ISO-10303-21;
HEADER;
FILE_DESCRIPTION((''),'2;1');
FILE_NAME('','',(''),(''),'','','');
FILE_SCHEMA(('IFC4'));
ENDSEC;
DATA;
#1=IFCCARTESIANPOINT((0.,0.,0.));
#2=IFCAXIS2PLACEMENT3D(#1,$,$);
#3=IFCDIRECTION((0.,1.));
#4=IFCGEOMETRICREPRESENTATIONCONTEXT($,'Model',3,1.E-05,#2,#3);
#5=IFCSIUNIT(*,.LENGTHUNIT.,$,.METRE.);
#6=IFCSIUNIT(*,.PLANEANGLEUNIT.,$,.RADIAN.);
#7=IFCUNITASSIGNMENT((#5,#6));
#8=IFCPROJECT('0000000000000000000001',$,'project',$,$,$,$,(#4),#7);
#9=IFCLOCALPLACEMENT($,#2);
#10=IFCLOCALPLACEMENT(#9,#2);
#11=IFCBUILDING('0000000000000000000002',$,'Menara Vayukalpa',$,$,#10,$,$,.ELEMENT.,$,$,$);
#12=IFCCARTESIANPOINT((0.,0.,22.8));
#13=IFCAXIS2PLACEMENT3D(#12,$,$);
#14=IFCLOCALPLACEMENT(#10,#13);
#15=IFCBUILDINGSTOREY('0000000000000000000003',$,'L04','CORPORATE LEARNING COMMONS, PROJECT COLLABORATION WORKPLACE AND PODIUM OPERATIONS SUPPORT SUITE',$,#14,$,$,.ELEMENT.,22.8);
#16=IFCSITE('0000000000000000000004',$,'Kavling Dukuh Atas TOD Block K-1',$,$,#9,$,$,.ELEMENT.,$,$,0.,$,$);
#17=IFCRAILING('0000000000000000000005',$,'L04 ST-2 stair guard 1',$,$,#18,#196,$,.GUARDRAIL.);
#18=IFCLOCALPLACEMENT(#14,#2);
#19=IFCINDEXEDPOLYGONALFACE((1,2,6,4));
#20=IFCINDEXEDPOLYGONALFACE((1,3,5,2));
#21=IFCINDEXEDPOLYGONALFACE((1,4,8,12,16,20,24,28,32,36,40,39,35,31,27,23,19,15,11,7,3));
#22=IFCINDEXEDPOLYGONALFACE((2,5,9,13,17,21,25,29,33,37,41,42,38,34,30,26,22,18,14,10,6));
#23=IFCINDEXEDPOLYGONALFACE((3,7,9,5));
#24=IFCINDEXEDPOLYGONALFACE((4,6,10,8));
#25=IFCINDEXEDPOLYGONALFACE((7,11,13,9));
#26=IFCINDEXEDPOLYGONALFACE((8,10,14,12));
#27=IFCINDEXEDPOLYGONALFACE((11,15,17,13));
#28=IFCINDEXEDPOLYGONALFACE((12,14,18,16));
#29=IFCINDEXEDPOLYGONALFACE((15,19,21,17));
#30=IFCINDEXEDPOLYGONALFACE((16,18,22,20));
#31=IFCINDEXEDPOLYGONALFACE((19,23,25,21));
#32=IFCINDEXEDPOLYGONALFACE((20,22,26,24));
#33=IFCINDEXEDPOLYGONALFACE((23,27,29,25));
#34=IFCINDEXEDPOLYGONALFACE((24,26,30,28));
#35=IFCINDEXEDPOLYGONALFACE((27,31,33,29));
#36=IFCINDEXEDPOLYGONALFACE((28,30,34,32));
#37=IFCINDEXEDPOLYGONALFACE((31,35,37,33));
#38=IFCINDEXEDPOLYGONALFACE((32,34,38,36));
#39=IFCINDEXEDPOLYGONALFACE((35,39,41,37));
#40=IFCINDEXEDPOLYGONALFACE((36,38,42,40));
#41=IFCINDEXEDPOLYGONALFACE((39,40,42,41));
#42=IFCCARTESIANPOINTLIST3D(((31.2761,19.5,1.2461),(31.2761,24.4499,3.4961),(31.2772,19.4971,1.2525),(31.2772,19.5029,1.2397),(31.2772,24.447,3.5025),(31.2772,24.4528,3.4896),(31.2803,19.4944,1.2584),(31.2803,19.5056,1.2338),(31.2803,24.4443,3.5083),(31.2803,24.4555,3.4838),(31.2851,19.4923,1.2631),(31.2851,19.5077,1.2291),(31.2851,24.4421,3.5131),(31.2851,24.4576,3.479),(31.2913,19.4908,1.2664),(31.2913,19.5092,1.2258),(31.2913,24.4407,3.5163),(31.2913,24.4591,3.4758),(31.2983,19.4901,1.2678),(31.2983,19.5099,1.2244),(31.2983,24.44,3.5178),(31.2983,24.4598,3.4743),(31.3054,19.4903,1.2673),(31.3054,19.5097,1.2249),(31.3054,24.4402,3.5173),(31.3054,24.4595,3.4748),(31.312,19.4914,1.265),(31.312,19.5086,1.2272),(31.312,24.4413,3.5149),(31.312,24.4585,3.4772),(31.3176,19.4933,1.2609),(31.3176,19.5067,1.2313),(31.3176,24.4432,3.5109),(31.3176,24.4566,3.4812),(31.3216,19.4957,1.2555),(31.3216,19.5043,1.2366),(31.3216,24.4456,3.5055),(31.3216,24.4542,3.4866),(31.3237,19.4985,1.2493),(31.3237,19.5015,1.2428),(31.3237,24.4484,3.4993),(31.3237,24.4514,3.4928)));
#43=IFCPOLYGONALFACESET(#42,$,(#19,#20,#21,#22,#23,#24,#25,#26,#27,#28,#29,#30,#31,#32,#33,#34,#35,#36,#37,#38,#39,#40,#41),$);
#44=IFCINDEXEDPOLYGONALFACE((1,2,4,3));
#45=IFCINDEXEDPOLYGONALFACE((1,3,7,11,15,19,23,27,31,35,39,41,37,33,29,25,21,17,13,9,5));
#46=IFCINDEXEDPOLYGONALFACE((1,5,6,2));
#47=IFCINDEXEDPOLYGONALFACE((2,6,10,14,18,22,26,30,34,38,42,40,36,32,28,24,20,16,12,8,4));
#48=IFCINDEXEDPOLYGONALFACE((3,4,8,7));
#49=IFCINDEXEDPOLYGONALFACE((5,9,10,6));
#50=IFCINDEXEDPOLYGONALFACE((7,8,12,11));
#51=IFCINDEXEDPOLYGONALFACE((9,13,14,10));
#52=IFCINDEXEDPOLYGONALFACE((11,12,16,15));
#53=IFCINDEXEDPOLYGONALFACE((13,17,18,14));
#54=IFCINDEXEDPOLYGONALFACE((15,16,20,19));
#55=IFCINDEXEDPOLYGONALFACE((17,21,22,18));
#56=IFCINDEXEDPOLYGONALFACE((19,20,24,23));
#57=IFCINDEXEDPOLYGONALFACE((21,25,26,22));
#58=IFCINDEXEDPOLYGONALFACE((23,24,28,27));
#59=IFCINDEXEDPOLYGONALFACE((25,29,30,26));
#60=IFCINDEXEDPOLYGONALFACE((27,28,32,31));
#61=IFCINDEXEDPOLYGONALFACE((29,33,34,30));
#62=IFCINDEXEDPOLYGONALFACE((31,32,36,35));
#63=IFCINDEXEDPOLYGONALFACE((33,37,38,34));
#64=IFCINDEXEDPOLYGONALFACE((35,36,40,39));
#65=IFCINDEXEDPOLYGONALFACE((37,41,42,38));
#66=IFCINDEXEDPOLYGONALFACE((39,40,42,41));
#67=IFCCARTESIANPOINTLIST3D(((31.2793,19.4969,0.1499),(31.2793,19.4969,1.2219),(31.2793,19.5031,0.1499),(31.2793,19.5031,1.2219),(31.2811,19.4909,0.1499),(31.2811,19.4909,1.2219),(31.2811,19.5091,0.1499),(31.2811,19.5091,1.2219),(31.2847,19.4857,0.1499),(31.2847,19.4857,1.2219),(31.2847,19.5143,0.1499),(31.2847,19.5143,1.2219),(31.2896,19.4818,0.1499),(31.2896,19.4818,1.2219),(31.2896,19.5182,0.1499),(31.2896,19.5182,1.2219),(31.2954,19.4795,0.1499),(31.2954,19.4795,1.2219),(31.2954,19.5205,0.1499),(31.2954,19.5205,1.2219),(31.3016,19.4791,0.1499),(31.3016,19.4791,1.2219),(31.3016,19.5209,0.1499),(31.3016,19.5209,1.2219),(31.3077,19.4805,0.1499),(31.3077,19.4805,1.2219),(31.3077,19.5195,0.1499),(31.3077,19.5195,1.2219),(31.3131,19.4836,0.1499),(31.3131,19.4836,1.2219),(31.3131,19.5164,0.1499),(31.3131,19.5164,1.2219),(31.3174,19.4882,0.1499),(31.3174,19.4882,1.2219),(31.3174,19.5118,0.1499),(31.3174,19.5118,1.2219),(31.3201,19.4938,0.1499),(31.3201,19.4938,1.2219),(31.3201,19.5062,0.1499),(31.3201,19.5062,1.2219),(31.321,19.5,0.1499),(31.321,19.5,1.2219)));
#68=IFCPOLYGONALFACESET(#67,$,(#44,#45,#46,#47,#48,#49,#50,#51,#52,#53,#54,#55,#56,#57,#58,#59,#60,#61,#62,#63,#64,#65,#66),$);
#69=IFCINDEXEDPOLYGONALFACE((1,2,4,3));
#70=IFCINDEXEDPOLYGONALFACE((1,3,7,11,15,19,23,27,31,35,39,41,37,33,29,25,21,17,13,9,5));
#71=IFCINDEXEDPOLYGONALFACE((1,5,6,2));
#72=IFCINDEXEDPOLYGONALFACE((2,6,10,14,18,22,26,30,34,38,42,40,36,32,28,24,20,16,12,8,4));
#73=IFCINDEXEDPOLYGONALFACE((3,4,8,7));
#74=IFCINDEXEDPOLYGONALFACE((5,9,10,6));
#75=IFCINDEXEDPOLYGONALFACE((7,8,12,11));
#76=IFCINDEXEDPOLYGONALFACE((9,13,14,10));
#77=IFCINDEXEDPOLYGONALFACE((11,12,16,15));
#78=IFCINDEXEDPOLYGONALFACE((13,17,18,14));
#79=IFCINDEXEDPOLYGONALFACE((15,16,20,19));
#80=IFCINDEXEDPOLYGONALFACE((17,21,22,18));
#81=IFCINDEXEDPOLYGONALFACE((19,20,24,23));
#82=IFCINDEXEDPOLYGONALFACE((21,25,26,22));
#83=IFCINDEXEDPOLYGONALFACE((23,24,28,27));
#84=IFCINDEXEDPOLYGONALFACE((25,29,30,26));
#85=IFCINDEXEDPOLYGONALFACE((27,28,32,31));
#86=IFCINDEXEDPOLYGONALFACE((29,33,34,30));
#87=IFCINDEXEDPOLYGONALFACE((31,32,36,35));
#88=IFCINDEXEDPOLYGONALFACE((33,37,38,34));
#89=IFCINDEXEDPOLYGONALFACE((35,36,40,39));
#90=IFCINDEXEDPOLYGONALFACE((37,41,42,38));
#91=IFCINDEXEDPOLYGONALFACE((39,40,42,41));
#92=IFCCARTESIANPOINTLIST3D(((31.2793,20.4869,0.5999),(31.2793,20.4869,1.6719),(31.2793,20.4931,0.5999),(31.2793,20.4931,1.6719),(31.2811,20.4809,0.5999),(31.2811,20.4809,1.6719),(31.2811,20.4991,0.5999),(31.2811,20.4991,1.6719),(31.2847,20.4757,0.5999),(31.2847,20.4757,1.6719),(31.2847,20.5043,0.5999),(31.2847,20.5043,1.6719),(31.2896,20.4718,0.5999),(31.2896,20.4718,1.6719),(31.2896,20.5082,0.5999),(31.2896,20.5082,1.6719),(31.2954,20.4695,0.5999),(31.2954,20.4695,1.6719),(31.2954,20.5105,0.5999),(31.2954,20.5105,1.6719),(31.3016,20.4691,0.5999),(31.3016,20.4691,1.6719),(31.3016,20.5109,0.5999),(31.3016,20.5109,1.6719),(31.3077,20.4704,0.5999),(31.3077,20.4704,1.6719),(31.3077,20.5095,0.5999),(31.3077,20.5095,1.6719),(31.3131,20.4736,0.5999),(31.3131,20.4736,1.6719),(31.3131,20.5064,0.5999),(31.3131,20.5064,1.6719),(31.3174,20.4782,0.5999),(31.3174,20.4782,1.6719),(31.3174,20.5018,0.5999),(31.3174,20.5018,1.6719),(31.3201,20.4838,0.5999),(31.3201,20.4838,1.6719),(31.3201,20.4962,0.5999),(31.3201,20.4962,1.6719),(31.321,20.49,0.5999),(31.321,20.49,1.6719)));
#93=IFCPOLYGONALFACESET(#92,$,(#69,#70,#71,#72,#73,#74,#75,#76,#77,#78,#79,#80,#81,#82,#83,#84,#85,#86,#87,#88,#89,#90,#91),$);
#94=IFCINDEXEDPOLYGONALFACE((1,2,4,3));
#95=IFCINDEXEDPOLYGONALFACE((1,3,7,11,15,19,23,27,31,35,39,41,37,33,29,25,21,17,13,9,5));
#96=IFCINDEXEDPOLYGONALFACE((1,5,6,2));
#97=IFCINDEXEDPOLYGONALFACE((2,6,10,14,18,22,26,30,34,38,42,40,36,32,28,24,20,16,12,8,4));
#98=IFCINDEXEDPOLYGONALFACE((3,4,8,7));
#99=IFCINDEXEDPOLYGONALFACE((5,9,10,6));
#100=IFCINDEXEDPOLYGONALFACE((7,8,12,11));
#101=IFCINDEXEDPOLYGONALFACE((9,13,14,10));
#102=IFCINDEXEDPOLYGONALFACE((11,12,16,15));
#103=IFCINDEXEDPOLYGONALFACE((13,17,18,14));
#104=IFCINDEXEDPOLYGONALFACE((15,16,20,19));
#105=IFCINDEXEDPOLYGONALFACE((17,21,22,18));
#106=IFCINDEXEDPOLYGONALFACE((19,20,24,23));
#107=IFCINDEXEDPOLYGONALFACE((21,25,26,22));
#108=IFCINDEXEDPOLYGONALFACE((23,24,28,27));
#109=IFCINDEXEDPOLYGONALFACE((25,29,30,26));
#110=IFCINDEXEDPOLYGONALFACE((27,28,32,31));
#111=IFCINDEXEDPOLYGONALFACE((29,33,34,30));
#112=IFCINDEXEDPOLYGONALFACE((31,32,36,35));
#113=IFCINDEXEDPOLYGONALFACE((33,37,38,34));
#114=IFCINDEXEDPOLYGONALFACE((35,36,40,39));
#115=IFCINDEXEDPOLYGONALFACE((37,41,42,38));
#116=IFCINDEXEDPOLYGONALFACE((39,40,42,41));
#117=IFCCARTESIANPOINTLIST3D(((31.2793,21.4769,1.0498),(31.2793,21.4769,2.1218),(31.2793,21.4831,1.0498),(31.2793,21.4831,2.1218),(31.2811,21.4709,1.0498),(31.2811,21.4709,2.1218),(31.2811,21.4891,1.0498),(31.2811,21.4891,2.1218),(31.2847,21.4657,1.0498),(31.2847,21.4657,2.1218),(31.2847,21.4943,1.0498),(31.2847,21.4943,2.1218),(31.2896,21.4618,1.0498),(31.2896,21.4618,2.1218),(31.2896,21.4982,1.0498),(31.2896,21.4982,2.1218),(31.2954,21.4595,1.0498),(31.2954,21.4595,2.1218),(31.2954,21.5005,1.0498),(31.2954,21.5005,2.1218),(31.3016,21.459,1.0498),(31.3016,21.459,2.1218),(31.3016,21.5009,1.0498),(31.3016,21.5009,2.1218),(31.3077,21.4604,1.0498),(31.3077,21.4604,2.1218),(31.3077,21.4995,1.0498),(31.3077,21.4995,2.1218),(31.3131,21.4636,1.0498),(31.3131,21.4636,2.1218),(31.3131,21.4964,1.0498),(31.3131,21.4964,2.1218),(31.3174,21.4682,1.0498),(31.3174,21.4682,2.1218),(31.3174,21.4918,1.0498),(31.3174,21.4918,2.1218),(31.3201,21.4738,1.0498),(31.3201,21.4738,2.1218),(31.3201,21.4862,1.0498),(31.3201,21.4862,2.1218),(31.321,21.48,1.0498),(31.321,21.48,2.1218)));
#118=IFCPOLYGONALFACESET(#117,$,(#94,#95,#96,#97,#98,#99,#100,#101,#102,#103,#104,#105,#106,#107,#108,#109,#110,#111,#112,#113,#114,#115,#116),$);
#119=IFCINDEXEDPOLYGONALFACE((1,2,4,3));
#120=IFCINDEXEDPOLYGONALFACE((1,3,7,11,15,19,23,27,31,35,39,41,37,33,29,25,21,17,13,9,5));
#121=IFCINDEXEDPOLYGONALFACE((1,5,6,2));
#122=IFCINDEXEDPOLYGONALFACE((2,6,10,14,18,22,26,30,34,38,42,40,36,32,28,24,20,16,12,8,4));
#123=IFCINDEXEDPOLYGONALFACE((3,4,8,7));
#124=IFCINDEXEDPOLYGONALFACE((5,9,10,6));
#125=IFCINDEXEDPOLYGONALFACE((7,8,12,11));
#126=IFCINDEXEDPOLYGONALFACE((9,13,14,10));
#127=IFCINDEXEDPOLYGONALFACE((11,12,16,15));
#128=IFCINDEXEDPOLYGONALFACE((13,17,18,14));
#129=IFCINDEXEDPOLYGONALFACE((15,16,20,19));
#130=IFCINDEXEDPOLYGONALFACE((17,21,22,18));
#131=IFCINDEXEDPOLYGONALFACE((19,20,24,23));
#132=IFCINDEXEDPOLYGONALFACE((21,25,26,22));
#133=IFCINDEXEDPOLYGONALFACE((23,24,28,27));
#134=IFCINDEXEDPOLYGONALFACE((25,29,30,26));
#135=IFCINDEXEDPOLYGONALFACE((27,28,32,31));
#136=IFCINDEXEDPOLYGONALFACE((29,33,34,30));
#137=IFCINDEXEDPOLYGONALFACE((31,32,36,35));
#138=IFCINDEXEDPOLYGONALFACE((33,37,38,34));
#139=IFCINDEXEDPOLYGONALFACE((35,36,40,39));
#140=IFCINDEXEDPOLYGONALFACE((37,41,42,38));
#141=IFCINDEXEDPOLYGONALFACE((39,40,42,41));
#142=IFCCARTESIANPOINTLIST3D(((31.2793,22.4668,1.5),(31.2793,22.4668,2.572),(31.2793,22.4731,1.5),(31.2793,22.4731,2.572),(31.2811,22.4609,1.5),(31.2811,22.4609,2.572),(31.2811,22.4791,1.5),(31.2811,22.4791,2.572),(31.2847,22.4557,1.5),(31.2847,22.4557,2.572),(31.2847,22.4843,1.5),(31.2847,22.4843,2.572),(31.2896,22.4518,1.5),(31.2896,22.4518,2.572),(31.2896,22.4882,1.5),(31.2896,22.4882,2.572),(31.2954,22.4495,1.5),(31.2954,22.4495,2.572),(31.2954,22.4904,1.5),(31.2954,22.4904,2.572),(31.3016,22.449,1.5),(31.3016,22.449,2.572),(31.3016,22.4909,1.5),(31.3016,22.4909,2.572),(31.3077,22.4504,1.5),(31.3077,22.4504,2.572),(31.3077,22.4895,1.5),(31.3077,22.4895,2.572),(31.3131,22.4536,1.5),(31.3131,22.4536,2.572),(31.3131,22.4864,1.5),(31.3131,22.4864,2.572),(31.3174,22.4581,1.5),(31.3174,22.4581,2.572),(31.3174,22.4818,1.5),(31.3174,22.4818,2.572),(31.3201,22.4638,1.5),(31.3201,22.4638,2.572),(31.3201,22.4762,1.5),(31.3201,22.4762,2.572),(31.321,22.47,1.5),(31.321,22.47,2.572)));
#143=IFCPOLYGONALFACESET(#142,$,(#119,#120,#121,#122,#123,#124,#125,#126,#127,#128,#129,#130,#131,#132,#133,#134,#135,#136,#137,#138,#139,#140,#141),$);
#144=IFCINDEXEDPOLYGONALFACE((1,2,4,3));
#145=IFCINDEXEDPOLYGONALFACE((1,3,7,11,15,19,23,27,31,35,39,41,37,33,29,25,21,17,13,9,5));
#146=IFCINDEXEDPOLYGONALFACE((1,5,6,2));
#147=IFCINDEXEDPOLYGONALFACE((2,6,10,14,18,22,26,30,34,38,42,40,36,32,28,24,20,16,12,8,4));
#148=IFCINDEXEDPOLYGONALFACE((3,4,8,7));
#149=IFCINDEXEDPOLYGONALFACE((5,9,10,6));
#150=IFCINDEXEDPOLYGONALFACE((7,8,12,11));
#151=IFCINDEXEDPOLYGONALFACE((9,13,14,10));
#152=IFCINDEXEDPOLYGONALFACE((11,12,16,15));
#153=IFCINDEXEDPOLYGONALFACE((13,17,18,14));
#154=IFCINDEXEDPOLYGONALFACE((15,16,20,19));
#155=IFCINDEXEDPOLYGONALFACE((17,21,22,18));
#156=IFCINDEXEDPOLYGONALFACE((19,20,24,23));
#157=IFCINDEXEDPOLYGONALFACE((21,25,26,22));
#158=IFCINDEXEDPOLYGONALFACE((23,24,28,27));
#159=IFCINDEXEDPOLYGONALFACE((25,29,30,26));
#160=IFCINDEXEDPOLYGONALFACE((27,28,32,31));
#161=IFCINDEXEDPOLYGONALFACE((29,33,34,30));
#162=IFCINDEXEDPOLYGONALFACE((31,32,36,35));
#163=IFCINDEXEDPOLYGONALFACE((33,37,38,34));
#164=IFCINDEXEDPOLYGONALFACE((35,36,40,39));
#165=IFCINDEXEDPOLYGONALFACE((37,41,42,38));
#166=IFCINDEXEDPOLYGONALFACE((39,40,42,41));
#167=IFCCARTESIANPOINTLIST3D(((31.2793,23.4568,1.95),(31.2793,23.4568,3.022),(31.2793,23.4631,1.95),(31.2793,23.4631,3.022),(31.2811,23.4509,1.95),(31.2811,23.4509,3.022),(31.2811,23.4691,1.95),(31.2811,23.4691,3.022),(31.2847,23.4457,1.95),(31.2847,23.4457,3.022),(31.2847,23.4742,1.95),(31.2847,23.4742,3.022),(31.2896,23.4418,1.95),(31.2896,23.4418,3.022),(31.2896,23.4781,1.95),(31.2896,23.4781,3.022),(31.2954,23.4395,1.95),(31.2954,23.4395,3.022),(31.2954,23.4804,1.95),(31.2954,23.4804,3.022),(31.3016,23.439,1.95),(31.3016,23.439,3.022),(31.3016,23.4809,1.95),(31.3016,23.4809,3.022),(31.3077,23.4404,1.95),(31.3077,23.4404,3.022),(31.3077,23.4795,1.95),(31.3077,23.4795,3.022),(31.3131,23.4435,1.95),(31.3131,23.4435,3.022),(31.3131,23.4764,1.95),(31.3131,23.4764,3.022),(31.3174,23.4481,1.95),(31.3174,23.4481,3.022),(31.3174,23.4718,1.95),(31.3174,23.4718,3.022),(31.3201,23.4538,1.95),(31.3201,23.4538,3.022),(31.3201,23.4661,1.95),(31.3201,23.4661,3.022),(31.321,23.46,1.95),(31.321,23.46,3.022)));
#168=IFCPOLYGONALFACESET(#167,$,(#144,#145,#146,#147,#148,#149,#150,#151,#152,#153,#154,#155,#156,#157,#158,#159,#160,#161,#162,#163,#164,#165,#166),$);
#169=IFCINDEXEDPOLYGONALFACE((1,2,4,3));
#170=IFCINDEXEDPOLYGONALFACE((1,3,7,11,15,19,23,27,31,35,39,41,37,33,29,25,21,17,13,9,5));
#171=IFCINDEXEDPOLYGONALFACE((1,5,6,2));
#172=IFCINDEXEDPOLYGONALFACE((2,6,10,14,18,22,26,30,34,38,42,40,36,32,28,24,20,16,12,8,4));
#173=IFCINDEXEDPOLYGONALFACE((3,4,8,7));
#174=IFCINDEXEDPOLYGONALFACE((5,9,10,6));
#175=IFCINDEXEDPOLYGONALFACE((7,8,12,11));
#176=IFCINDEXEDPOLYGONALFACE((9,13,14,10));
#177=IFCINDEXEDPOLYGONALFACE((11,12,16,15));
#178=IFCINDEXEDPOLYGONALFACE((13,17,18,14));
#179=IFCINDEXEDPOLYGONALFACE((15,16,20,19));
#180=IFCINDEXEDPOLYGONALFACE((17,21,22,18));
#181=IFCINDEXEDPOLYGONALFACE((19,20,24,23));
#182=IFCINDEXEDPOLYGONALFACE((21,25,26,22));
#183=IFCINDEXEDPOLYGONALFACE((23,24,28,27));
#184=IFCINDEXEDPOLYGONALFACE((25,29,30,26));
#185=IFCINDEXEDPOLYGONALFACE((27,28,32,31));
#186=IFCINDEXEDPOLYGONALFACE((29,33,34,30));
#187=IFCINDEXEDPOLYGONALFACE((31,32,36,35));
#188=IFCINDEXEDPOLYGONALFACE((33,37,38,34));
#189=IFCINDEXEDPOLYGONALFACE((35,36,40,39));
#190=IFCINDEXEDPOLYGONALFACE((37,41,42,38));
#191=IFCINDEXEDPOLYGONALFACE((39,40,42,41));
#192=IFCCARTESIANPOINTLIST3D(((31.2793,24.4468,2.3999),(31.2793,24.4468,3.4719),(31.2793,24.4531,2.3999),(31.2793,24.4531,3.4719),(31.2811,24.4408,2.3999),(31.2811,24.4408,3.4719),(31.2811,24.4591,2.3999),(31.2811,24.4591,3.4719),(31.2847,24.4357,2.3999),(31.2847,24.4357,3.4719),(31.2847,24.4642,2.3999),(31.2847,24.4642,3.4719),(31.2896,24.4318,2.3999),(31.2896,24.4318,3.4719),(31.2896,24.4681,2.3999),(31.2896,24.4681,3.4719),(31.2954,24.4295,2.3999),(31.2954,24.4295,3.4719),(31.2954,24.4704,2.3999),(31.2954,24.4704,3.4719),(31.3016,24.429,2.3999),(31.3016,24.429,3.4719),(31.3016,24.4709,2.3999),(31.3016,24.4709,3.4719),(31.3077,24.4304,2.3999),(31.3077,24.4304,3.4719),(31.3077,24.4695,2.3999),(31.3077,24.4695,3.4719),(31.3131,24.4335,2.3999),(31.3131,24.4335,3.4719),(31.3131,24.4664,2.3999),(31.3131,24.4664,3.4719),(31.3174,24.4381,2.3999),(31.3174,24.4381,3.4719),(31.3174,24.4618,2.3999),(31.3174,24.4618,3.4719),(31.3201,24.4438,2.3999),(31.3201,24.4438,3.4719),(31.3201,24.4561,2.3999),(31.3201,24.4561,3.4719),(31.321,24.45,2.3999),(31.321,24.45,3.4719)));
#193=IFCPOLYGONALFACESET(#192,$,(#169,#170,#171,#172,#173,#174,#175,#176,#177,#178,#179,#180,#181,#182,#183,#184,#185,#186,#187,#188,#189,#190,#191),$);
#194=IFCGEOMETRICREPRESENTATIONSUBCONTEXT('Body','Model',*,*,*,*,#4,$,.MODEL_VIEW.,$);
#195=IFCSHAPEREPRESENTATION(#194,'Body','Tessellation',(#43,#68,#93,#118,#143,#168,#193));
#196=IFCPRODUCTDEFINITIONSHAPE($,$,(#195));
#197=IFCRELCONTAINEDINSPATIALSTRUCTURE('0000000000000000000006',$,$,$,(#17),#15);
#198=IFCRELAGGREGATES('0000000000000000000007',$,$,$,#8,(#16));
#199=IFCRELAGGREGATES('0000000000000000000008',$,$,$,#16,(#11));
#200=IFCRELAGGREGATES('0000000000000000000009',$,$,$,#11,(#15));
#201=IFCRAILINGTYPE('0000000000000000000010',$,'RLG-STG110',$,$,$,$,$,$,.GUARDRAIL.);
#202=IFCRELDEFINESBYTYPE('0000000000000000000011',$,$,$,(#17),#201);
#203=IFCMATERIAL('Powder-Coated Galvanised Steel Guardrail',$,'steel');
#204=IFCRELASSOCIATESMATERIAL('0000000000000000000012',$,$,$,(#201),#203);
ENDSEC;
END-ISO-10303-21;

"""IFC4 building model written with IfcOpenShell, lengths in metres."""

from ifc_helpers import new_model, si_unit, direction, frame, origin, origin_2d, place, context, subcontext, project, spatial, circle, extrude, material, type_object, element, save


model = new_model("IFC4")

# Units and contexts
model_context = context("Model", 3, precision=1e-05, world=origin(), true_north=direction((0.0, 1.0)))
body_context = subcontext(model_context, "Body", "Model", "MODEL_VIEW")
ifc_project = project(units=[si_unit("LENGTHUNIT", "METRE"), si_unit("PLANEANGLEUNIT", "RADIAN")], contexts=[model_context])

# Site, building, storey
site_placement = place(None, origin())
site = spatial("IfcSite", under=ifc_project, at=site_placement, Name="Kavling Dukuh Atas TOD Block K-1", CompositionType="ELEMENT", RefElevation=0.0)
building_placement = place(site_placement, origin())
building = spatial("IfcBuilding", under=site, at=building_placement, Name="Menara Vayukalpa", CompositionType="ELEMENT")
storey_placement = place(building_placement, frame((0.0, 0.0, 22.8)))
storey = spatial("IfcBuildingStorey", under=building, at=storey_placement, Name="L04", Description="CORPORATE LEARNING COMMONS, PROJECT COLLABORATION WORKPLACE AND PODIUM OPERATIONS SUPPORT SUITE", CompositionType="ELEMENT", Elevation=22.8)

# Railing
ifc_material_1 = material(Name="Powder-Coated Galvanised Steel Guardrail", Category="steel")
railing_type = type_object("IfcRailingType", Name="RLG-STG110", PredefinedType="GUARDRAIL", material=ifc_material_1)
railing_placement = place(storey_placement, frame((31.3, 19.5, 0.1499)))
element("IfcRailing", 1, at=railing_placement, inside=storey, type_object=railing_type, Name="L04 ST-2 stair guard 1", PredefinedType="GUARDRAIL", context=body_context, shape_type="SweptSolid", body=[
    extrude(circle(Radius=0.0239, at=origin_2d()), frame((0.0, 0.0, 1.0962), z_axis=(0.0, 0.910365, 0.413806), x_axis=(-1.0, 0.0, 0.0)), (0.0, 0.0, 1.0), 5.4373),
    extrude(circle(Radius=0.021, at=origin_2d()), origin(), (0.0, 0.0, 1.0), 1.072),
    extrude(circle(Radius=0.021, at=origin_2d()), frame((0.0, 0.99, 0.45)), (0.0, 0.0, 1.0), 1.072),
    extrude(circle(Radius=0.021, at=origin_2d()), frame((0.0, 1.98, 0.8999)), (0.0, 0.0, 1.0), 1.072),
    extrude(circle(Radius=0.021, at=origin_2d()), frame((0.0, 2.97, 1.3501)), (0.0, 0.0, 1.0), 1.072),
    extrude(circle(Radius=0.021, at=origin_2d()), frame((0.0, 3.96, 1.8)), (0.0, 0.0, 1.0), 1.072),
    extrude(circle(Radius=0.021, at=origin_2d()), frame((0.0, 4.95, 2.25)), (0.0, 0.0, 1.0), 1.072),
])

save(model, "model.ifc")
